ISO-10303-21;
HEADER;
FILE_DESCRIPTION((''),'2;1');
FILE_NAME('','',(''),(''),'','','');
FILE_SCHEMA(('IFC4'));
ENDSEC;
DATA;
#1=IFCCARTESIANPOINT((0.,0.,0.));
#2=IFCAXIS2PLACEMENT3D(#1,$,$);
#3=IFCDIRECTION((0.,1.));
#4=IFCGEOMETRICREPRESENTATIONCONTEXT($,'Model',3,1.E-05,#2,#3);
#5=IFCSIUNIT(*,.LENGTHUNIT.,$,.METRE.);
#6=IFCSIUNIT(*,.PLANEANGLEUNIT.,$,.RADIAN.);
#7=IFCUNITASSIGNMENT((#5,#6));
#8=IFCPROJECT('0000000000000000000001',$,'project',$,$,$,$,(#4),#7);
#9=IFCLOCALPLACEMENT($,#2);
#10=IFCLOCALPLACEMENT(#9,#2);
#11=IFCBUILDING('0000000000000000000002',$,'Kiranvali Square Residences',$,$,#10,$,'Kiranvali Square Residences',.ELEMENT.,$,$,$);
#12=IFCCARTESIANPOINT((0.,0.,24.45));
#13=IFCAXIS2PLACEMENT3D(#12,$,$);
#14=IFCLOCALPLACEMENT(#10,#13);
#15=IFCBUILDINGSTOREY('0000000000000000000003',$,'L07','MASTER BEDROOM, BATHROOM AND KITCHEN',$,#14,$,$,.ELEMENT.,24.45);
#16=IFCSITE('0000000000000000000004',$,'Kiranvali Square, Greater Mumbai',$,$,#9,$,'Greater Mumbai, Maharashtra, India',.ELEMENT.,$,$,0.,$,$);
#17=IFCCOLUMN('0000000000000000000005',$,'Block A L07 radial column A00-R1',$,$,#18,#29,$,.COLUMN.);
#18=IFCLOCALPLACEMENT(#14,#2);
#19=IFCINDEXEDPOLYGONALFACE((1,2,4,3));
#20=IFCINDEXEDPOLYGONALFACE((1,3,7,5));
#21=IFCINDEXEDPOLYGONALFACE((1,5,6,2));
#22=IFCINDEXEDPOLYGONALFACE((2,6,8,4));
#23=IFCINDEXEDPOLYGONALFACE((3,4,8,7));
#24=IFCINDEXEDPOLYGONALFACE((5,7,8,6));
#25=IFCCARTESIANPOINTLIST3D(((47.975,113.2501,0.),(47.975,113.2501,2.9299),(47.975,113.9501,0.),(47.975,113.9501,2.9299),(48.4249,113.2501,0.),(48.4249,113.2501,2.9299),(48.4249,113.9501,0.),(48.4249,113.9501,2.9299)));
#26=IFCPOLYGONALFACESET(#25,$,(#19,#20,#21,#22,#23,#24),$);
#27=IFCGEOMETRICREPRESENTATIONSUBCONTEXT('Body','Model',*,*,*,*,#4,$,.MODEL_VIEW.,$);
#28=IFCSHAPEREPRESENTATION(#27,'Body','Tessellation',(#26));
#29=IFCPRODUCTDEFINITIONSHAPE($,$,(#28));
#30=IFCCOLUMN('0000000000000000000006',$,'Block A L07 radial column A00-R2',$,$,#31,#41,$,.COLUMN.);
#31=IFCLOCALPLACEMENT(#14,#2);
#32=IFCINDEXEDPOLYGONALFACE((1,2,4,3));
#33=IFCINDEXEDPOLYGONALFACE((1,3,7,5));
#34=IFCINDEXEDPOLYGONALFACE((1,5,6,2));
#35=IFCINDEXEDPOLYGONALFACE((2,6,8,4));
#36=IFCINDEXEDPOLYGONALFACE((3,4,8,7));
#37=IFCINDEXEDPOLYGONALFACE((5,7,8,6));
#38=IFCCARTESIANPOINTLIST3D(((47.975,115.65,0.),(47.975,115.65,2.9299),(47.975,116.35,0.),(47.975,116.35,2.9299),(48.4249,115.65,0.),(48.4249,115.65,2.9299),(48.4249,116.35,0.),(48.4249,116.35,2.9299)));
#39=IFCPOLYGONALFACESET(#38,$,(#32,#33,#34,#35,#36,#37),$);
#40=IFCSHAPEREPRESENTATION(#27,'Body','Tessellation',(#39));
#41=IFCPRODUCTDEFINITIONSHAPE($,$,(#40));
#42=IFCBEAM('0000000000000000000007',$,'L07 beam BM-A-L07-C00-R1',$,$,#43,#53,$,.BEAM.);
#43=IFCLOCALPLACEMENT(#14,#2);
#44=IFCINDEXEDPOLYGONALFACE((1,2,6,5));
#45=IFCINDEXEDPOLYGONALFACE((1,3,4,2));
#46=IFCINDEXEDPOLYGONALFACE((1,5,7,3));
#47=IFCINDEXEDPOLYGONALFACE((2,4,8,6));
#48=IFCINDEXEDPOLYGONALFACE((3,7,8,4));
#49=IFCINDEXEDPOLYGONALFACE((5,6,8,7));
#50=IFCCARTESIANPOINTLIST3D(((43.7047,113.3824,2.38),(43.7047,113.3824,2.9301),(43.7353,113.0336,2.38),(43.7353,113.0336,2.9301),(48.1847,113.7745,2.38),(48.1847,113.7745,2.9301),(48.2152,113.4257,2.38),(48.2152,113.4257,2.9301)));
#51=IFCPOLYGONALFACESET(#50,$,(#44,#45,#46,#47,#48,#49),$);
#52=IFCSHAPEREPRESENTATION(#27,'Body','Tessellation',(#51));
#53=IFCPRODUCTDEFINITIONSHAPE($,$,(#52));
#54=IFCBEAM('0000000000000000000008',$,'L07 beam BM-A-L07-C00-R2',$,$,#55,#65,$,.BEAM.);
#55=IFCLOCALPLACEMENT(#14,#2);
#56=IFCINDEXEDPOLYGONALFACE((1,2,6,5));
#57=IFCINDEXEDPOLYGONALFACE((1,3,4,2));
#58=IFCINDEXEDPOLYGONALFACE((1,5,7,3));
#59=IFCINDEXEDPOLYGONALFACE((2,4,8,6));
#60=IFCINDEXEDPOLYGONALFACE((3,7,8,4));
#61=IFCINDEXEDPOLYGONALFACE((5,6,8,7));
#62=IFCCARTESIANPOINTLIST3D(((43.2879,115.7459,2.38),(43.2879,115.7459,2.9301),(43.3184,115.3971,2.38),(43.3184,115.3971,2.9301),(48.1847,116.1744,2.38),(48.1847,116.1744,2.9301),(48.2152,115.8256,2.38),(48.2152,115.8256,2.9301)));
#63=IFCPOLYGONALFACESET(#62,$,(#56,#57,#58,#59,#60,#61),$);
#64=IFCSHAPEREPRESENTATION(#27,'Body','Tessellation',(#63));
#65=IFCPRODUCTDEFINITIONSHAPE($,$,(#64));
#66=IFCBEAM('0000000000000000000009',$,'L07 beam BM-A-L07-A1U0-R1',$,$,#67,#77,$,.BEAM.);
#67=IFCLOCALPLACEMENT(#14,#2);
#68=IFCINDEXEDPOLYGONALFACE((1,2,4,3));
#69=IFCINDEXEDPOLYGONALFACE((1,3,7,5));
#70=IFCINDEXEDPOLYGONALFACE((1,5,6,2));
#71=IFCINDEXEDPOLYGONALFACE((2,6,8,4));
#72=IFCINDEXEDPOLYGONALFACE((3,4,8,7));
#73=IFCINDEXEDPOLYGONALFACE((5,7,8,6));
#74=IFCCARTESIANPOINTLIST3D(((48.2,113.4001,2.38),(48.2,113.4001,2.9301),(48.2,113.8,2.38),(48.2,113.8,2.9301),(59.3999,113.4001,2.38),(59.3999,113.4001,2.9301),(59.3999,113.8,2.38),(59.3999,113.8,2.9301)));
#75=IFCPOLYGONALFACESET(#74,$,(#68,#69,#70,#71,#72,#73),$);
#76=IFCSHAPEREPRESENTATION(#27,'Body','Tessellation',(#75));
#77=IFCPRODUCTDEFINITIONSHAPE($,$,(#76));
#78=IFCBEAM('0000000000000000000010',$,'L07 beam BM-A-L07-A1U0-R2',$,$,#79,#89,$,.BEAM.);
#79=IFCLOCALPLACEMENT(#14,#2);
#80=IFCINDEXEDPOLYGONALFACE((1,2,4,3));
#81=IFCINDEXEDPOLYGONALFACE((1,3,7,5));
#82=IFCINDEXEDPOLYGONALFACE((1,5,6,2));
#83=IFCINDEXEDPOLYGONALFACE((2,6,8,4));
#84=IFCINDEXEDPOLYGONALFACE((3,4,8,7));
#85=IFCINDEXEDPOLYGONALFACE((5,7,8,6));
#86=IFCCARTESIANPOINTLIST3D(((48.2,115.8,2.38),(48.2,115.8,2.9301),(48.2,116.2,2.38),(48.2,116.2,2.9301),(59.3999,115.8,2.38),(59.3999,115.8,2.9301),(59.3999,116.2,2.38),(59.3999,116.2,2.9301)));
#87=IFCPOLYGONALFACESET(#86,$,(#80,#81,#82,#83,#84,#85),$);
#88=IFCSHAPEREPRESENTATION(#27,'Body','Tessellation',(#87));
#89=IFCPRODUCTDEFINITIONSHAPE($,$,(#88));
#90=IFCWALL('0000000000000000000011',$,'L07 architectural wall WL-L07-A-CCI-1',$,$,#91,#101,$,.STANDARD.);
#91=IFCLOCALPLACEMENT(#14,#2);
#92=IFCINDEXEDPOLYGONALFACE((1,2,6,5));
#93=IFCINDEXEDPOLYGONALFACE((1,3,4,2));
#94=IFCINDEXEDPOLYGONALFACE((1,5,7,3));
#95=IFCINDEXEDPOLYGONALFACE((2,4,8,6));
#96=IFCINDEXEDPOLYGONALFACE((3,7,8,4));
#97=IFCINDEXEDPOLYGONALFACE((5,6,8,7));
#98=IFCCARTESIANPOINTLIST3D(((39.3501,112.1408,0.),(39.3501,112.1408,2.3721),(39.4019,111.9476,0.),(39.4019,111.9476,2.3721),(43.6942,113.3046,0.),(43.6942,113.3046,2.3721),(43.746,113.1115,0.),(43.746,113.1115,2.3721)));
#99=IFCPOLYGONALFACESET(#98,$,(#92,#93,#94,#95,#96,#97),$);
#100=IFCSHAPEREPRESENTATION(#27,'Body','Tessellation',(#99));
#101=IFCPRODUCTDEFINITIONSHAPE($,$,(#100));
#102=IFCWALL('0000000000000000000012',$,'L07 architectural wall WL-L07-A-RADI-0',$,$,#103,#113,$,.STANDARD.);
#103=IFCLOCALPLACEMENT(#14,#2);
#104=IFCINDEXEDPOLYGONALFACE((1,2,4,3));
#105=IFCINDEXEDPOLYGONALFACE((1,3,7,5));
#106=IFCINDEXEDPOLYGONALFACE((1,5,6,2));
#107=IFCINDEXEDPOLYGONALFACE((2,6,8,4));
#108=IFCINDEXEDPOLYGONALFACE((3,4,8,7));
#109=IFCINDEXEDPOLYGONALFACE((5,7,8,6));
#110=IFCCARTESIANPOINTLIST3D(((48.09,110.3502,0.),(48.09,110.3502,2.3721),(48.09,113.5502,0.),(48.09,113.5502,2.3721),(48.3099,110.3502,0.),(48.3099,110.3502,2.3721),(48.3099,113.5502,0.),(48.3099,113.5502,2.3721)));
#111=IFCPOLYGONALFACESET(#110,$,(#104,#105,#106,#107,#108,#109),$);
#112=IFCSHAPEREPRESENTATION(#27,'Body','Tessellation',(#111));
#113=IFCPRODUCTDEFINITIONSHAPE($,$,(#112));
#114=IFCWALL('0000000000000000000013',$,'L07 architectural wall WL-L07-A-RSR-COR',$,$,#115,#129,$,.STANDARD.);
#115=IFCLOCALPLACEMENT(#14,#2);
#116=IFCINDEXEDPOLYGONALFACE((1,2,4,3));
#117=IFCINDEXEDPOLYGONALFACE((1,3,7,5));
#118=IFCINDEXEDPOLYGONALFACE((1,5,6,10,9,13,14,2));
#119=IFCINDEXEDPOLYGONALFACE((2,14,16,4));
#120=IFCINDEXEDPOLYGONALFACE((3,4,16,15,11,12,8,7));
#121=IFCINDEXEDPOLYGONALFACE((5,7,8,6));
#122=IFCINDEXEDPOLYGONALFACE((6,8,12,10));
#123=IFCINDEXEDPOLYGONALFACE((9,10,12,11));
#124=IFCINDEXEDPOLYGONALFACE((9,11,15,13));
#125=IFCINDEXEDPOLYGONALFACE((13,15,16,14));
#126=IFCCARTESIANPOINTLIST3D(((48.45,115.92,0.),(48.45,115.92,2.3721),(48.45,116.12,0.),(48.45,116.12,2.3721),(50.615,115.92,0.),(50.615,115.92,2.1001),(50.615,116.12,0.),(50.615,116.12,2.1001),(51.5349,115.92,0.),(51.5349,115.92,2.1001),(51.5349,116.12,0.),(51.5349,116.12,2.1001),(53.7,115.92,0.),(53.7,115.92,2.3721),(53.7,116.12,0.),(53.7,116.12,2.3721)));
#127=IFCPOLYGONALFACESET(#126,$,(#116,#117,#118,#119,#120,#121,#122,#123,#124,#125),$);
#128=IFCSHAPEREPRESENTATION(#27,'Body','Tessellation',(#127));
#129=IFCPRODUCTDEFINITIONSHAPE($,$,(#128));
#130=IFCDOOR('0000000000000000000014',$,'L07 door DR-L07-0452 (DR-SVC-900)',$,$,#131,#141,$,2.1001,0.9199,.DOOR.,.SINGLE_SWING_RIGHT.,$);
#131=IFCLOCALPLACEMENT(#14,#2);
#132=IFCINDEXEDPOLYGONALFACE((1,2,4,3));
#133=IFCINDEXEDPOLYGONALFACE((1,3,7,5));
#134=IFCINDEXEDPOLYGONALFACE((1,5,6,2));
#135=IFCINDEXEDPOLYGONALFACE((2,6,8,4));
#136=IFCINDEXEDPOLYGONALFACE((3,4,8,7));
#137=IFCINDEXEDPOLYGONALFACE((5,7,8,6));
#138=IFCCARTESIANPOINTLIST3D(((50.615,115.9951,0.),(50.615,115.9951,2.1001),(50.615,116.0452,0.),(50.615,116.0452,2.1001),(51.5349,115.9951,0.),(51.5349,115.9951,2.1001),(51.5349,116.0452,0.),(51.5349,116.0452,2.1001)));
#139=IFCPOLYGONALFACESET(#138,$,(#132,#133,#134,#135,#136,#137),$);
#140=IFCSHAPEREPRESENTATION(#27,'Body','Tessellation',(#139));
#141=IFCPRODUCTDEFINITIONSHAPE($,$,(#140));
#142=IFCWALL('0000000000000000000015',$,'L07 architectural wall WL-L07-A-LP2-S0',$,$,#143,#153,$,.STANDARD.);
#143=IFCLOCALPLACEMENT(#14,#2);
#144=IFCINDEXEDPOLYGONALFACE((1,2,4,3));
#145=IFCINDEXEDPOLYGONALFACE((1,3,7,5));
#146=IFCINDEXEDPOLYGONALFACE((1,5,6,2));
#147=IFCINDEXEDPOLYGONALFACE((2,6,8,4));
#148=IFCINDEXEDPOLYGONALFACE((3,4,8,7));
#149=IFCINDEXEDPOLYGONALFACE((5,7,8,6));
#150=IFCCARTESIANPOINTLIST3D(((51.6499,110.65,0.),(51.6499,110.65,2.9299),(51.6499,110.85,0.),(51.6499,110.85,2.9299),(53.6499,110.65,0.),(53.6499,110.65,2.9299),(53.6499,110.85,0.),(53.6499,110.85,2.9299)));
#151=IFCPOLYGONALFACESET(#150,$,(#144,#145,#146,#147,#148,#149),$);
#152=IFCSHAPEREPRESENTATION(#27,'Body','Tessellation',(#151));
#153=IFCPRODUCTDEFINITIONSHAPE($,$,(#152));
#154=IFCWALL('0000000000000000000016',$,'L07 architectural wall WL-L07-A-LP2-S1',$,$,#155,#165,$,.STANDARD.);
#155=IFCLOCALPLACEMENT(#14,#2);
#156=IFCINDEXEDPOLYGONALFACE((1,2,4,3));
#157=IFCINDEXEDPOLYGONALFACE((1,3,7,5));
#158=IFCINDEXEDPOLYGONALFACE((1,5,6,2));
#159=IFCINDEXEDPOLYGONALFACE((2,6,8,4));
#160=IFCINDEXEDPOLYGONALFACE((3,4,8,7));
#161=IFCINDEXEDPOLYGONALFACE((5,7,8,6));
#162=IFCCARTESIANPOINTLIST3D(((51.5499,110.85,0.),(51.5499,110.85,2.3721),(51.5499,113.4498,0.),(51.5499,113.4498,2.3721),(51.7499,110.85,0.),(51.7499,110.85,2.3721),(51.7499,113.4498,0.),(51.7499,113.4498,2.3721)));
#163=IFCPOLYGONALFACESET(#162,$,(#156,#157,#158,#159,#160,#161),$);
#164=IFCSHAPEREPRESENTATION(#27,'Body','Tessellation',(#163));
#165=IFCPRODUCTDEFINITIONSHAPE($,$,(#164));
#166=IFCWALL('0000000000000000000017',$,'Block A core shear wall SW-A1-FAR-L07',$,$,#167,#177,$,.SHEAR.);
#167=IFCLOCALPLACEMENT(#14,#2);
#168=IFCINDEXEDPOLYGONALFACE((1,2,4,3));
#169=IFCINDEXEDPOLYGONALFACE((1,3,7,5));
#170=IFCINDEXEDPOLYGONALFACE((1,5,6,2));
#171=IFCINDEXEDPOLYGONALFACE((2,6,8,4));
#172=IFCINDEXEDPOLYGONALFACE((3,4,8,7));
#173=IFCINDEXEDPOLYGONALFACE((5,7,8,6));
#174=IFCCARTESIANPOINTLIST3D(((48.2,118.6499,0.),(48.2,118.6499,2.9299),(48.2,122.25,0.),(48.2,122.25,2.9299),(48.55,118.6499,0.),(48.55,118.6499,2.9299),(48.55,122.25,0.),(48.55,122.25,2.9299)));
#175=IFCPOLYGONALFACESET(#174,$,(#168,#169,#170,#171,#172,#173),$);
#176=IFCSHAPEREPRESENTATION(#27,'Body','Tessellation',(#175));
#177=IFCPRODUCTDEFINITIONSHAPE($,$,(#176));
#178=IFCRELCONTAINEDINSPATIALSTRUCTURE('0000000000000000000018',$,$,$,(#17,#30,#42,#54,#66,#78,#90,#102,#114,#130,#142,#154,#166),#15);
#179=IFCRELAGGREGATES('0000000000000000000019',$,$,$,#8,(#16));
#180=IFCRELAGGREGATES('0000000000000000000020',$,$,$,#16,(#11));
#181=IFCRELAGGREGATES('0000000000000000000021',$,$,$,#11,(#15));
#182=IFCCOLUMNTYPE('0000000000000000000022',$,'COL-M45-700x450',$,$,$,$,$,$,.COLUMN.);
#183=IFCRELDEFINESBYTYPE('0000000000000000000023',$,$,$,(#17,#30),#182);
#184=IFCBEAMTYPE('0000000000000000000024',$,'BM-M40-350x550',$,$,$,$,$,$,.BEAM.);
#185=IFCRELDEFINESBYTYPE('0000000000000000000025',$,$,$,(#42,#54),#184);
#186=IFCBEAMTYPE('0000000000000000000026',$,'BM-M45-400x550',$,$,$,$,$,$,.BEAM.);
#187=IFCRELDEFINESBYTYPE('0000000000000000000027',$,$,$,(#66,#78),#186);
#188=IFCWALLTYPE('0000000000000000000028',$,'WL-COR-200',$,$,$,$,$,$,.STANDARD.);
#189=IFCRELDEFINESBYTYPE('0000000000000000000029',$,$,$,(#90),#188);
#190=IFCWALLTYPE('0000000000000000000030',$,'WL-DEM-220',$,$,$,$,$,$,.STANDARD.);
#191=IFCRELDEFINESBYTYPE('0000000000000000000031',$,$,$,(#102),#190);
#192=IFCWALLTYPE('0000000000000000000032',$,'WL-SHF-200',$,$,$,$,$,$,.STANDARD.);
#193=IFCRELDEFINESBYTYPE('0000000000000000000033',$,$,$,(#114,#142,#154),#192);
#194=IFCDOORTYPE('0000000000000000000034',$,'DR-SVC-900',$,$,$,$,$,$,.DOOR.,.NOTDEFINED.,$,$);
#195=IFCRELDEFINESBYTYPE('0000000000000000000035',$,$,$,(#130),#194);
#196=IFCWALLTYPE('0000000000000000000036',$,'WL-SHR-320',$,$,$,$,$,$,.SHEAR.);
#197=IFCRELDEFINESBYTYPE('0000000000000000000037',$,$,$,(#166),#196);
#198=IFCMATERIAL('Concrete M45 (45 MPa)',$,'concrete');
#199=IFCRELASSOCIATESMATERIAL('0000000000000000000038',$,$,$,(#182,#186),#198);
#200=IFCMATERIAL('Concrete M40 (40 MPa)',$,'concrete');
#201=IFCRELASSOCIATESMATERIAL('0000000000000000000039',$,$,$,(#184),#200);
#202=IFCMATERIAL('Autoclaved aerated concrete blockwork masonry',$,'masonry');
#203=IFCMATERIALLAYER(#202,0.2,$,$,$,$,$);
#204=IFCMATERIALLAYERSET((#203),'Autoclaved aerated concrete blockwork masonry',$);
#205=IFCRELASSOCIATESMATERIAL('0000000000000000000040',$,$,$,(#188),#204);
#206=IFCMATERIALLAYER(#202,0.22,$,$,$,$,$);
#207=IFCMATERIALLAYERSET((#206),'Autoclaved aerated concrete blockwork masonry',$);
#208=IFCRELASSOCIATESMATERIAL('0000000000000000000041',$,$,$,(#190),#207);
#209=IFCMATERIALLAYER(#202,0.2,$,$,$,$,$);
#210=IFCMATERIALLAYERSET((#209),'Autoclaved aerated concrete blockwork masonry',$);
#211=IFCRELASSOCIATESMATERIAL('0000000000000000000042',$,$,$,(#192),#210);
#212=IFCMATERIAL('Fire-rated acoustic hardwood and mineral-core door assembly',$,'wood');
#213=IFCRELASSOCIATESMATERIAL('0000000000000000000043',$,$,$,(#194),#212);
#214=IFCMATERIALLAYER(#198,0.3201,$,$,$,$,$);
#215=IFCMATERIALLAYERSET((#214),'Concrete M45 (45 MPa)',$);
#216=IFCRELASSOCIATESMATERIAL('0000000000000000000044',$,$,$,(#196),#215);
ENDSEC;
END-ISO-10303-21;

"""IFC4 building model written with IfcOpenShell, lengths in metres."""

from ifc_helpers import new_model, si_unit, direction, frame, frame_2d, origin, origin_2d, place, context, subcontext, project, spatial, rectangle, extrude, material, layer, layer_set, material_profile, profile_set, type_object, element, fill, save


model = new_model("IFC4")

# Units and contexts
model_context = context("Model", 3, precision=1e-05, world=origin(), true_north=direction((0.0, 1.0)))
body_context = subcontext(model_context, "Body", "Model", "MODEL_VIEW")
ifc_project = project(units=[si_unit("LENGTHUNIT", "METRE"), si_unit("PLANEANGLEUNIT", "RADIAN")], contexts=[model_context])

# Site, building, storey
site_placement = place(None, origin())
site = spatial("IfcSite", under=ifc_project, at=site_placement, Name="Kiranvali Square, Greater Mumbai", LongName="Greater Mumbai, Maharashtra, India", CompositionType="ELEMENT", RefElevation=0.0)
building_placement = place(site_placement, origin())
building = spatial("IfcBuilding", under=site, at=building_placement, Name="Kiranvali Square Residences", LongName="Kiranvali Square Residences", CompositionType="ELEMENT")
storey_placement = place(building_placement, frame((0.0, 0.0, 24.45)))
storey = spatial("IfcBuildingStorey", under=building, at=storey_placement, Name="L07", Description="MASTER BEDROOM, BATHROOM AND KITCHEN", CompositionType="ELEMENT", Elevation=24.45)

# Columns
ifc_material_1 = material(Name="Concrete M45 (45 MPa)", Category="concrete")
ifc_material_profile_1 = material_profile(ifc_material_1, rectangle(XDim=0.45, YDim=0.7, at=origin_2d()), Name="RC 700x450")
ifc_profile_set_1 = profile_set([ifc_material_profile_1], Name="Concrete M45 (45 MPa)")
column_type = type_object("IfcColumnType", Name="COL-M45-700x450", PredefinedType="COLUMN", material=ifc_profile_set_1)
for number, where, z_axis, x_axis, name in (
    (1, (48.2, 113.6001, 0.0), (0.0, 0.0, 1.0), (1.0, 0.0, 0.0), "Block A L07 radial column A00-R1"),
    (2, (48.2, 116.0, 0.0), (0.0, 0.0, 1.0), (1.0, 0.0, 0.0), "Block A L07 radial column A00-R2"),
):
    element("IfcColumn", number, at=place(storey_placement, frame(where, z_axis=z_axis, x_axis=x_axis)), inside=storey, type_object=column_type, Name=name, PredefinedType="COLUMN", context=body_context, shape_type="SweptSolid", body=[
        extrude(rectangle(XDim=0.45, YDim=0.7, at=origin_2d()), origin(), (0.0, 0.0, 1.0), 2.9299),
    ])

# Beams
ifc_material_2 = material(Name="Concrete M40 (40 MPa)", Category="concrete")
ifc_material_profile_2 = material_profile(ifc_material_2, rectangle(XDim=0.3501, YDim=0.55, at=origin_2d()), Name="RC 350x550")
ifc_profile_set_2 = profile_set([ifc_material_profile_2], Name="Concrete M40 (40 MPa)")
beam_type_1 = type_object("IfcBeamType", Name="BM-M40-350x550", PredefinedType="BEAM", material=ifc_profile_set_2)
beam_1_placement = place(storey_placement, frame((48.2, 113.6001, 2.655), z_axis=(-0.996192, -0.087187, 0.0), x_axis=(0.087187, -0.996192, 0.0)))
element("IfcBeam", 3, at=beam_1_placement, inside=storey, type_object=beam_type_1, Name="L07 beam BM-A-L07-C00-R1", PredefinedType="BEAM", context=body_context, shape_type="SweptSolid", body=[
    extrude(rectangle(XDim=0.3501, YDim=0.55, at=origin_2d()), origin(), (0.0, 0.0, 1.0), 4.4971),
])
beam_2_placement = place(storey_placement, frame((48.2, 116.0, 2.655), z_axis=(-0.996194, -0.087168, 0.0), x_axis=(0.087168, -0.996194, 0.0)))
element("IfcBeam", 4, at=beam_2_placement, inside=storey, type_object=beam_type_1, Name="L07 beam BM-A-L07-C00-R2", PredefinedType="BEAM", context=body_context, shape_type="SweptSolid", body=[
    extrude(rectangle(XDim=0.3501, YDim=0.55, at=origin_2d()), origin(), (0.0, 0.0, 1.0), 4.9155),
])
ifc_material_profile_3 = material_profile(ifc_material_1, rectangle(XDim=0.3999, YDim=0.55, at=origin_2d()), Name="RC 400x550")
ifc_profile_set_3 = profile_set([ifc_material_profile_3], Name="Concrete M45 (45 MPa)")
beam_type_2 = type_object("IfcBeamType", Name="BM-M45-400x550", PredefinedType="BEAM", material=ifc_profile_set_3)
for number, where, z_axis, x_axis, name in (
    (5, (48.2, 113.6001, 2.655), (1.0, 0.0, 0.0), (0.0, 1.0, 0.0), "L07 beam BM-A-L07-A1U0-R1"),
    (6, (48.2, 116.0, 2.655), (1.0, 0.0, 0.0), (0.0, 1.0, 0.0), "L07 beam BM-A-L07-A1U0-R2"),
):
    element("IfcBeam", number, at=place(storey_placement, frame(where, z_axis=z_axis, x_axis=x_axis)), inside=storey, type_object=beam_type_2, Name=name, PredefinedType="BEAM", context=body_context, shape_type="SweptSolid", body=[
        extrude(rectangle(XDim=0.3999, YDim=0.55, at=origin_2d()), origin(), (0.0, 0.0, 1.0), 11.2),
    ])

# Shared definitions
ifc_material_3 = material(Name="Autoclaved aerated concrete blockwork masonry", Category="masonry")
ifc_layer_1 = layer(ifc_material_3, 0.2)
ifc_layer_set_1 = layer_set([ifc_layer_1], Name="Autoclaved aerated concrete blockwork masonry")
wall_type_1 = type_object("IfcWallType", Name="WL-COR-200", PredefinedType="STANDARD", material=ifc_layer_set_1)
ifc_material_4 = material(Name="Fire-rated acoustic hardwood and mineral-core door assembly", Category="wood")

# Walls
wall_1_placement = place(storey_placement, frame((43.72, 113.208, 0.0), z_axis=(0.0, 0.0, 1.0), x_axis=(-0.965934, -0.258788, 0.0)))
element("IfcWall", 7, at=wall_1_placement, inside=storey, type_object=wall_type_1, Name="L07 architectural wall WL-L07-A-CCI-1", PredefinedType="STANDARD", context=body_context, shape_type="SweptSolid", body=[
    extrude(rectangle(XDim=4.4973, YDim=0.2, at=frame_2d((2.2485, 0.0))), origin(), (0.0, 0.0, 1.0), 2.3721),
])
ifc_layer_2 = layer(ifc_material_3, 0.22)
ifc_layer_set_2 = layer_set([ifc_layer_2], Name="Autoclaved aerated concrete blockwork masonry")
wall_type_2 = type_object("IfcWallType", Name="WL-DEM-220", PredefinedType="STANDARD", material=ifc_layer_set_2)
wall_2_placement = place(storey_placement, frame((48.2, 110.3501, 0.0), z_axis=(0.0, 0.0, 1.0), x_axis=(0.0, 1.0, 0.0)))
element("IfcWall", 8, at=wall_2_placement, inside=storey, type_object=wall_type_2, Name="L07 architectural wall WL-L07-A-RADI-0", PredefinedType="STANDARD", context=body_context, shape_type="SweptSolid", body=[
    extrude(rectangle(XDim=3.2, YDim=0.22, at=frame_2d((1.6001, 0.0))), origin(), (0.0, 0.0, 1.0), 2.3721),
])

# Wall, opening, door
ifc_layer_3 = layer(ifc_material_3, 0.2)
ifc_layer_set_3 = layer_set([ifc_layer_3], Name="Autoclaved aerated concrete blockwork masonry")
wall_type_3 = type_object("IfcWallType", Name="WL-SHF-200", PredefinedType="STANDARD", material=ifc_layer_set_3)
wall_3_placement = place(storey_placement, frame((48.45, 116.02, 0.0), z_axis=(0.0, 0.0, 1.0), x_axis=(1.0, 0.0, 0.0)))
wall_3 = element("IfcWall", 9, at=wall_3_placement, inside=storey, type_object=wall_type_3, Name="L07 architectural wall WL-L07-A-RSR-COR", PredefinedType="STANDARD", context=body_context, shape_type="SweptSolid", body=[
    extrude(rectangle(XDim=5.25, YDim=0.2, at=frame_2d((2.625, 0.0))), origin(), (0.0, 0.0, 1.0), 2.3721),
])
opening_1_placement = place(wall_3_placement, frame((2.165, 0.0, 0.0)))
opening_1 = element("IfcOpeningElement", 10, at=opening_1_placement, cuts=wall_3, PredefinedType="OPENING", context=body_context, shape_type="SweptSolid", body=[
    extrude(rectangle(XDim=0.9199, YDim=2.1001, at=frame_2d((0.46, 1.05))), frame((0.0, 0.1099, 0.0), z_axis=(0.0, -1.0, 0.0), x_axis=(1.0, 0.0, 0.0)), (0.0, 0.0, 1.0), 0.22),
])
door_type_1 = type_object("IfcDoorType", Name="DR-SVC-900", OperationType="NOTDEFINED", PredefinedType="DOOR", material=ifc_material_4)
door_1_placement = place(opening_1_placement, frame((0.9199, 0.0, 0.0), z_axis=(0.0, 0.0, 1.0), x_axis=(-1.0, 0.0, 0.0)))
door_1 = element("IfcDoor", 11, at=door_1_placement, inside=storey, type_object=door_type_1, Name="L07 door DR-L07-0452 (DR-SVC-900)", OperationType="SINGLE_SWING_RIGHT", OverallHeight=2.1001, OverallWidth=0.9199, PredefinedType="DOOR", context=body_context, shape_type="SweptSolid", body=[
    extrude(rectangle(XDim=0.9199, YDim=2.1001, at=frame_2d((0.46, 1.05))), frame((0.0, 0.0249, 0.0), z_axis=(0.0, -1.0, 0.0), x_axis=(1.0, 0.0, 0.0)), (0.0, 0.0, 1.0), 0.05),
])
fill(opening_1, door_1)

# Walls
wall_4_placement = place(storey_placement, frame((51.6499, 110.75, 0.0), z_axis=(0.0, 0.0, 1.0), x_axis=(1.0, 0.0, 0.0)))
element("IfcWall", 12, at=wall_4_placement, inside=storey, type_object=wall_type_3, Name="L07 architectural wall WL-L07-A-LP2-S0", PredefinedType="STANDARD", context=body_context, shape_type="SweptSolid", body=[
    extrude(rectangle(XDim=2.0, YDim=0.2, at=frame_2d((1.0, 0.0))), origin(), (0.0, 0.0, 1.0), 2.9299),
])
wall_5_placement = place(storey_placement, frame((51.6499, 110.8501, 0.0), z_axis=(0.0, 0.0, 1.0), x_axis=(0.0, 1.0, 0.0)))
element("IfcWall", 13, at=wall_5_placement, inside=storey, type_object=wall_type_3, Name="L07 architectural wall WL-L07-A-LP2-S1", PredefinedType="STANDARD", context=body_context, shape_type="SweptSolid", body=[
    extrude(rectangle(XDim=2.5999, YDim=0.2, at=frame_2d((1.2998, 0.0))), origin(), (0.0, 0.0, 1.0), 2.3721),
])

# Shared definitions
ifc_layer_4 = layer(ifc_material_1, 0.3201)
ifc_layer_set_4 = layer_set([ifc_layer_4], Name="Concrete M45 (45 MPa)")
wall_type_4 = type_object("IfcWallType", Name="WL-SHR-320", PredefinedType="SHEAR", material=ifc_layer_set_4)

# Wall
wall_6_placement = place(storey_placement, frame((48.375, 118.6499, 0.0), z_axis=(0.0, 0.0, 1.0), x_axis=(0.0, 1.0, 0.0)))
element("IfcWall", 14, at=wall_6_placement, inside=storey, type_object=wall_type_4, Name="Block A core shear wall SW-A1-FAR-L07", PredefinedType="SHEAR", context=body_context, shape_type="SweptSolid", body=[
    extrude(rectangle(XDim=3.6001, YDim=0.3501, at=frame_2d((1.8, 0.0))), origin(), (0.0, 0.0, 1.0), 2.9299),
])

save(model, "model.ifc")
